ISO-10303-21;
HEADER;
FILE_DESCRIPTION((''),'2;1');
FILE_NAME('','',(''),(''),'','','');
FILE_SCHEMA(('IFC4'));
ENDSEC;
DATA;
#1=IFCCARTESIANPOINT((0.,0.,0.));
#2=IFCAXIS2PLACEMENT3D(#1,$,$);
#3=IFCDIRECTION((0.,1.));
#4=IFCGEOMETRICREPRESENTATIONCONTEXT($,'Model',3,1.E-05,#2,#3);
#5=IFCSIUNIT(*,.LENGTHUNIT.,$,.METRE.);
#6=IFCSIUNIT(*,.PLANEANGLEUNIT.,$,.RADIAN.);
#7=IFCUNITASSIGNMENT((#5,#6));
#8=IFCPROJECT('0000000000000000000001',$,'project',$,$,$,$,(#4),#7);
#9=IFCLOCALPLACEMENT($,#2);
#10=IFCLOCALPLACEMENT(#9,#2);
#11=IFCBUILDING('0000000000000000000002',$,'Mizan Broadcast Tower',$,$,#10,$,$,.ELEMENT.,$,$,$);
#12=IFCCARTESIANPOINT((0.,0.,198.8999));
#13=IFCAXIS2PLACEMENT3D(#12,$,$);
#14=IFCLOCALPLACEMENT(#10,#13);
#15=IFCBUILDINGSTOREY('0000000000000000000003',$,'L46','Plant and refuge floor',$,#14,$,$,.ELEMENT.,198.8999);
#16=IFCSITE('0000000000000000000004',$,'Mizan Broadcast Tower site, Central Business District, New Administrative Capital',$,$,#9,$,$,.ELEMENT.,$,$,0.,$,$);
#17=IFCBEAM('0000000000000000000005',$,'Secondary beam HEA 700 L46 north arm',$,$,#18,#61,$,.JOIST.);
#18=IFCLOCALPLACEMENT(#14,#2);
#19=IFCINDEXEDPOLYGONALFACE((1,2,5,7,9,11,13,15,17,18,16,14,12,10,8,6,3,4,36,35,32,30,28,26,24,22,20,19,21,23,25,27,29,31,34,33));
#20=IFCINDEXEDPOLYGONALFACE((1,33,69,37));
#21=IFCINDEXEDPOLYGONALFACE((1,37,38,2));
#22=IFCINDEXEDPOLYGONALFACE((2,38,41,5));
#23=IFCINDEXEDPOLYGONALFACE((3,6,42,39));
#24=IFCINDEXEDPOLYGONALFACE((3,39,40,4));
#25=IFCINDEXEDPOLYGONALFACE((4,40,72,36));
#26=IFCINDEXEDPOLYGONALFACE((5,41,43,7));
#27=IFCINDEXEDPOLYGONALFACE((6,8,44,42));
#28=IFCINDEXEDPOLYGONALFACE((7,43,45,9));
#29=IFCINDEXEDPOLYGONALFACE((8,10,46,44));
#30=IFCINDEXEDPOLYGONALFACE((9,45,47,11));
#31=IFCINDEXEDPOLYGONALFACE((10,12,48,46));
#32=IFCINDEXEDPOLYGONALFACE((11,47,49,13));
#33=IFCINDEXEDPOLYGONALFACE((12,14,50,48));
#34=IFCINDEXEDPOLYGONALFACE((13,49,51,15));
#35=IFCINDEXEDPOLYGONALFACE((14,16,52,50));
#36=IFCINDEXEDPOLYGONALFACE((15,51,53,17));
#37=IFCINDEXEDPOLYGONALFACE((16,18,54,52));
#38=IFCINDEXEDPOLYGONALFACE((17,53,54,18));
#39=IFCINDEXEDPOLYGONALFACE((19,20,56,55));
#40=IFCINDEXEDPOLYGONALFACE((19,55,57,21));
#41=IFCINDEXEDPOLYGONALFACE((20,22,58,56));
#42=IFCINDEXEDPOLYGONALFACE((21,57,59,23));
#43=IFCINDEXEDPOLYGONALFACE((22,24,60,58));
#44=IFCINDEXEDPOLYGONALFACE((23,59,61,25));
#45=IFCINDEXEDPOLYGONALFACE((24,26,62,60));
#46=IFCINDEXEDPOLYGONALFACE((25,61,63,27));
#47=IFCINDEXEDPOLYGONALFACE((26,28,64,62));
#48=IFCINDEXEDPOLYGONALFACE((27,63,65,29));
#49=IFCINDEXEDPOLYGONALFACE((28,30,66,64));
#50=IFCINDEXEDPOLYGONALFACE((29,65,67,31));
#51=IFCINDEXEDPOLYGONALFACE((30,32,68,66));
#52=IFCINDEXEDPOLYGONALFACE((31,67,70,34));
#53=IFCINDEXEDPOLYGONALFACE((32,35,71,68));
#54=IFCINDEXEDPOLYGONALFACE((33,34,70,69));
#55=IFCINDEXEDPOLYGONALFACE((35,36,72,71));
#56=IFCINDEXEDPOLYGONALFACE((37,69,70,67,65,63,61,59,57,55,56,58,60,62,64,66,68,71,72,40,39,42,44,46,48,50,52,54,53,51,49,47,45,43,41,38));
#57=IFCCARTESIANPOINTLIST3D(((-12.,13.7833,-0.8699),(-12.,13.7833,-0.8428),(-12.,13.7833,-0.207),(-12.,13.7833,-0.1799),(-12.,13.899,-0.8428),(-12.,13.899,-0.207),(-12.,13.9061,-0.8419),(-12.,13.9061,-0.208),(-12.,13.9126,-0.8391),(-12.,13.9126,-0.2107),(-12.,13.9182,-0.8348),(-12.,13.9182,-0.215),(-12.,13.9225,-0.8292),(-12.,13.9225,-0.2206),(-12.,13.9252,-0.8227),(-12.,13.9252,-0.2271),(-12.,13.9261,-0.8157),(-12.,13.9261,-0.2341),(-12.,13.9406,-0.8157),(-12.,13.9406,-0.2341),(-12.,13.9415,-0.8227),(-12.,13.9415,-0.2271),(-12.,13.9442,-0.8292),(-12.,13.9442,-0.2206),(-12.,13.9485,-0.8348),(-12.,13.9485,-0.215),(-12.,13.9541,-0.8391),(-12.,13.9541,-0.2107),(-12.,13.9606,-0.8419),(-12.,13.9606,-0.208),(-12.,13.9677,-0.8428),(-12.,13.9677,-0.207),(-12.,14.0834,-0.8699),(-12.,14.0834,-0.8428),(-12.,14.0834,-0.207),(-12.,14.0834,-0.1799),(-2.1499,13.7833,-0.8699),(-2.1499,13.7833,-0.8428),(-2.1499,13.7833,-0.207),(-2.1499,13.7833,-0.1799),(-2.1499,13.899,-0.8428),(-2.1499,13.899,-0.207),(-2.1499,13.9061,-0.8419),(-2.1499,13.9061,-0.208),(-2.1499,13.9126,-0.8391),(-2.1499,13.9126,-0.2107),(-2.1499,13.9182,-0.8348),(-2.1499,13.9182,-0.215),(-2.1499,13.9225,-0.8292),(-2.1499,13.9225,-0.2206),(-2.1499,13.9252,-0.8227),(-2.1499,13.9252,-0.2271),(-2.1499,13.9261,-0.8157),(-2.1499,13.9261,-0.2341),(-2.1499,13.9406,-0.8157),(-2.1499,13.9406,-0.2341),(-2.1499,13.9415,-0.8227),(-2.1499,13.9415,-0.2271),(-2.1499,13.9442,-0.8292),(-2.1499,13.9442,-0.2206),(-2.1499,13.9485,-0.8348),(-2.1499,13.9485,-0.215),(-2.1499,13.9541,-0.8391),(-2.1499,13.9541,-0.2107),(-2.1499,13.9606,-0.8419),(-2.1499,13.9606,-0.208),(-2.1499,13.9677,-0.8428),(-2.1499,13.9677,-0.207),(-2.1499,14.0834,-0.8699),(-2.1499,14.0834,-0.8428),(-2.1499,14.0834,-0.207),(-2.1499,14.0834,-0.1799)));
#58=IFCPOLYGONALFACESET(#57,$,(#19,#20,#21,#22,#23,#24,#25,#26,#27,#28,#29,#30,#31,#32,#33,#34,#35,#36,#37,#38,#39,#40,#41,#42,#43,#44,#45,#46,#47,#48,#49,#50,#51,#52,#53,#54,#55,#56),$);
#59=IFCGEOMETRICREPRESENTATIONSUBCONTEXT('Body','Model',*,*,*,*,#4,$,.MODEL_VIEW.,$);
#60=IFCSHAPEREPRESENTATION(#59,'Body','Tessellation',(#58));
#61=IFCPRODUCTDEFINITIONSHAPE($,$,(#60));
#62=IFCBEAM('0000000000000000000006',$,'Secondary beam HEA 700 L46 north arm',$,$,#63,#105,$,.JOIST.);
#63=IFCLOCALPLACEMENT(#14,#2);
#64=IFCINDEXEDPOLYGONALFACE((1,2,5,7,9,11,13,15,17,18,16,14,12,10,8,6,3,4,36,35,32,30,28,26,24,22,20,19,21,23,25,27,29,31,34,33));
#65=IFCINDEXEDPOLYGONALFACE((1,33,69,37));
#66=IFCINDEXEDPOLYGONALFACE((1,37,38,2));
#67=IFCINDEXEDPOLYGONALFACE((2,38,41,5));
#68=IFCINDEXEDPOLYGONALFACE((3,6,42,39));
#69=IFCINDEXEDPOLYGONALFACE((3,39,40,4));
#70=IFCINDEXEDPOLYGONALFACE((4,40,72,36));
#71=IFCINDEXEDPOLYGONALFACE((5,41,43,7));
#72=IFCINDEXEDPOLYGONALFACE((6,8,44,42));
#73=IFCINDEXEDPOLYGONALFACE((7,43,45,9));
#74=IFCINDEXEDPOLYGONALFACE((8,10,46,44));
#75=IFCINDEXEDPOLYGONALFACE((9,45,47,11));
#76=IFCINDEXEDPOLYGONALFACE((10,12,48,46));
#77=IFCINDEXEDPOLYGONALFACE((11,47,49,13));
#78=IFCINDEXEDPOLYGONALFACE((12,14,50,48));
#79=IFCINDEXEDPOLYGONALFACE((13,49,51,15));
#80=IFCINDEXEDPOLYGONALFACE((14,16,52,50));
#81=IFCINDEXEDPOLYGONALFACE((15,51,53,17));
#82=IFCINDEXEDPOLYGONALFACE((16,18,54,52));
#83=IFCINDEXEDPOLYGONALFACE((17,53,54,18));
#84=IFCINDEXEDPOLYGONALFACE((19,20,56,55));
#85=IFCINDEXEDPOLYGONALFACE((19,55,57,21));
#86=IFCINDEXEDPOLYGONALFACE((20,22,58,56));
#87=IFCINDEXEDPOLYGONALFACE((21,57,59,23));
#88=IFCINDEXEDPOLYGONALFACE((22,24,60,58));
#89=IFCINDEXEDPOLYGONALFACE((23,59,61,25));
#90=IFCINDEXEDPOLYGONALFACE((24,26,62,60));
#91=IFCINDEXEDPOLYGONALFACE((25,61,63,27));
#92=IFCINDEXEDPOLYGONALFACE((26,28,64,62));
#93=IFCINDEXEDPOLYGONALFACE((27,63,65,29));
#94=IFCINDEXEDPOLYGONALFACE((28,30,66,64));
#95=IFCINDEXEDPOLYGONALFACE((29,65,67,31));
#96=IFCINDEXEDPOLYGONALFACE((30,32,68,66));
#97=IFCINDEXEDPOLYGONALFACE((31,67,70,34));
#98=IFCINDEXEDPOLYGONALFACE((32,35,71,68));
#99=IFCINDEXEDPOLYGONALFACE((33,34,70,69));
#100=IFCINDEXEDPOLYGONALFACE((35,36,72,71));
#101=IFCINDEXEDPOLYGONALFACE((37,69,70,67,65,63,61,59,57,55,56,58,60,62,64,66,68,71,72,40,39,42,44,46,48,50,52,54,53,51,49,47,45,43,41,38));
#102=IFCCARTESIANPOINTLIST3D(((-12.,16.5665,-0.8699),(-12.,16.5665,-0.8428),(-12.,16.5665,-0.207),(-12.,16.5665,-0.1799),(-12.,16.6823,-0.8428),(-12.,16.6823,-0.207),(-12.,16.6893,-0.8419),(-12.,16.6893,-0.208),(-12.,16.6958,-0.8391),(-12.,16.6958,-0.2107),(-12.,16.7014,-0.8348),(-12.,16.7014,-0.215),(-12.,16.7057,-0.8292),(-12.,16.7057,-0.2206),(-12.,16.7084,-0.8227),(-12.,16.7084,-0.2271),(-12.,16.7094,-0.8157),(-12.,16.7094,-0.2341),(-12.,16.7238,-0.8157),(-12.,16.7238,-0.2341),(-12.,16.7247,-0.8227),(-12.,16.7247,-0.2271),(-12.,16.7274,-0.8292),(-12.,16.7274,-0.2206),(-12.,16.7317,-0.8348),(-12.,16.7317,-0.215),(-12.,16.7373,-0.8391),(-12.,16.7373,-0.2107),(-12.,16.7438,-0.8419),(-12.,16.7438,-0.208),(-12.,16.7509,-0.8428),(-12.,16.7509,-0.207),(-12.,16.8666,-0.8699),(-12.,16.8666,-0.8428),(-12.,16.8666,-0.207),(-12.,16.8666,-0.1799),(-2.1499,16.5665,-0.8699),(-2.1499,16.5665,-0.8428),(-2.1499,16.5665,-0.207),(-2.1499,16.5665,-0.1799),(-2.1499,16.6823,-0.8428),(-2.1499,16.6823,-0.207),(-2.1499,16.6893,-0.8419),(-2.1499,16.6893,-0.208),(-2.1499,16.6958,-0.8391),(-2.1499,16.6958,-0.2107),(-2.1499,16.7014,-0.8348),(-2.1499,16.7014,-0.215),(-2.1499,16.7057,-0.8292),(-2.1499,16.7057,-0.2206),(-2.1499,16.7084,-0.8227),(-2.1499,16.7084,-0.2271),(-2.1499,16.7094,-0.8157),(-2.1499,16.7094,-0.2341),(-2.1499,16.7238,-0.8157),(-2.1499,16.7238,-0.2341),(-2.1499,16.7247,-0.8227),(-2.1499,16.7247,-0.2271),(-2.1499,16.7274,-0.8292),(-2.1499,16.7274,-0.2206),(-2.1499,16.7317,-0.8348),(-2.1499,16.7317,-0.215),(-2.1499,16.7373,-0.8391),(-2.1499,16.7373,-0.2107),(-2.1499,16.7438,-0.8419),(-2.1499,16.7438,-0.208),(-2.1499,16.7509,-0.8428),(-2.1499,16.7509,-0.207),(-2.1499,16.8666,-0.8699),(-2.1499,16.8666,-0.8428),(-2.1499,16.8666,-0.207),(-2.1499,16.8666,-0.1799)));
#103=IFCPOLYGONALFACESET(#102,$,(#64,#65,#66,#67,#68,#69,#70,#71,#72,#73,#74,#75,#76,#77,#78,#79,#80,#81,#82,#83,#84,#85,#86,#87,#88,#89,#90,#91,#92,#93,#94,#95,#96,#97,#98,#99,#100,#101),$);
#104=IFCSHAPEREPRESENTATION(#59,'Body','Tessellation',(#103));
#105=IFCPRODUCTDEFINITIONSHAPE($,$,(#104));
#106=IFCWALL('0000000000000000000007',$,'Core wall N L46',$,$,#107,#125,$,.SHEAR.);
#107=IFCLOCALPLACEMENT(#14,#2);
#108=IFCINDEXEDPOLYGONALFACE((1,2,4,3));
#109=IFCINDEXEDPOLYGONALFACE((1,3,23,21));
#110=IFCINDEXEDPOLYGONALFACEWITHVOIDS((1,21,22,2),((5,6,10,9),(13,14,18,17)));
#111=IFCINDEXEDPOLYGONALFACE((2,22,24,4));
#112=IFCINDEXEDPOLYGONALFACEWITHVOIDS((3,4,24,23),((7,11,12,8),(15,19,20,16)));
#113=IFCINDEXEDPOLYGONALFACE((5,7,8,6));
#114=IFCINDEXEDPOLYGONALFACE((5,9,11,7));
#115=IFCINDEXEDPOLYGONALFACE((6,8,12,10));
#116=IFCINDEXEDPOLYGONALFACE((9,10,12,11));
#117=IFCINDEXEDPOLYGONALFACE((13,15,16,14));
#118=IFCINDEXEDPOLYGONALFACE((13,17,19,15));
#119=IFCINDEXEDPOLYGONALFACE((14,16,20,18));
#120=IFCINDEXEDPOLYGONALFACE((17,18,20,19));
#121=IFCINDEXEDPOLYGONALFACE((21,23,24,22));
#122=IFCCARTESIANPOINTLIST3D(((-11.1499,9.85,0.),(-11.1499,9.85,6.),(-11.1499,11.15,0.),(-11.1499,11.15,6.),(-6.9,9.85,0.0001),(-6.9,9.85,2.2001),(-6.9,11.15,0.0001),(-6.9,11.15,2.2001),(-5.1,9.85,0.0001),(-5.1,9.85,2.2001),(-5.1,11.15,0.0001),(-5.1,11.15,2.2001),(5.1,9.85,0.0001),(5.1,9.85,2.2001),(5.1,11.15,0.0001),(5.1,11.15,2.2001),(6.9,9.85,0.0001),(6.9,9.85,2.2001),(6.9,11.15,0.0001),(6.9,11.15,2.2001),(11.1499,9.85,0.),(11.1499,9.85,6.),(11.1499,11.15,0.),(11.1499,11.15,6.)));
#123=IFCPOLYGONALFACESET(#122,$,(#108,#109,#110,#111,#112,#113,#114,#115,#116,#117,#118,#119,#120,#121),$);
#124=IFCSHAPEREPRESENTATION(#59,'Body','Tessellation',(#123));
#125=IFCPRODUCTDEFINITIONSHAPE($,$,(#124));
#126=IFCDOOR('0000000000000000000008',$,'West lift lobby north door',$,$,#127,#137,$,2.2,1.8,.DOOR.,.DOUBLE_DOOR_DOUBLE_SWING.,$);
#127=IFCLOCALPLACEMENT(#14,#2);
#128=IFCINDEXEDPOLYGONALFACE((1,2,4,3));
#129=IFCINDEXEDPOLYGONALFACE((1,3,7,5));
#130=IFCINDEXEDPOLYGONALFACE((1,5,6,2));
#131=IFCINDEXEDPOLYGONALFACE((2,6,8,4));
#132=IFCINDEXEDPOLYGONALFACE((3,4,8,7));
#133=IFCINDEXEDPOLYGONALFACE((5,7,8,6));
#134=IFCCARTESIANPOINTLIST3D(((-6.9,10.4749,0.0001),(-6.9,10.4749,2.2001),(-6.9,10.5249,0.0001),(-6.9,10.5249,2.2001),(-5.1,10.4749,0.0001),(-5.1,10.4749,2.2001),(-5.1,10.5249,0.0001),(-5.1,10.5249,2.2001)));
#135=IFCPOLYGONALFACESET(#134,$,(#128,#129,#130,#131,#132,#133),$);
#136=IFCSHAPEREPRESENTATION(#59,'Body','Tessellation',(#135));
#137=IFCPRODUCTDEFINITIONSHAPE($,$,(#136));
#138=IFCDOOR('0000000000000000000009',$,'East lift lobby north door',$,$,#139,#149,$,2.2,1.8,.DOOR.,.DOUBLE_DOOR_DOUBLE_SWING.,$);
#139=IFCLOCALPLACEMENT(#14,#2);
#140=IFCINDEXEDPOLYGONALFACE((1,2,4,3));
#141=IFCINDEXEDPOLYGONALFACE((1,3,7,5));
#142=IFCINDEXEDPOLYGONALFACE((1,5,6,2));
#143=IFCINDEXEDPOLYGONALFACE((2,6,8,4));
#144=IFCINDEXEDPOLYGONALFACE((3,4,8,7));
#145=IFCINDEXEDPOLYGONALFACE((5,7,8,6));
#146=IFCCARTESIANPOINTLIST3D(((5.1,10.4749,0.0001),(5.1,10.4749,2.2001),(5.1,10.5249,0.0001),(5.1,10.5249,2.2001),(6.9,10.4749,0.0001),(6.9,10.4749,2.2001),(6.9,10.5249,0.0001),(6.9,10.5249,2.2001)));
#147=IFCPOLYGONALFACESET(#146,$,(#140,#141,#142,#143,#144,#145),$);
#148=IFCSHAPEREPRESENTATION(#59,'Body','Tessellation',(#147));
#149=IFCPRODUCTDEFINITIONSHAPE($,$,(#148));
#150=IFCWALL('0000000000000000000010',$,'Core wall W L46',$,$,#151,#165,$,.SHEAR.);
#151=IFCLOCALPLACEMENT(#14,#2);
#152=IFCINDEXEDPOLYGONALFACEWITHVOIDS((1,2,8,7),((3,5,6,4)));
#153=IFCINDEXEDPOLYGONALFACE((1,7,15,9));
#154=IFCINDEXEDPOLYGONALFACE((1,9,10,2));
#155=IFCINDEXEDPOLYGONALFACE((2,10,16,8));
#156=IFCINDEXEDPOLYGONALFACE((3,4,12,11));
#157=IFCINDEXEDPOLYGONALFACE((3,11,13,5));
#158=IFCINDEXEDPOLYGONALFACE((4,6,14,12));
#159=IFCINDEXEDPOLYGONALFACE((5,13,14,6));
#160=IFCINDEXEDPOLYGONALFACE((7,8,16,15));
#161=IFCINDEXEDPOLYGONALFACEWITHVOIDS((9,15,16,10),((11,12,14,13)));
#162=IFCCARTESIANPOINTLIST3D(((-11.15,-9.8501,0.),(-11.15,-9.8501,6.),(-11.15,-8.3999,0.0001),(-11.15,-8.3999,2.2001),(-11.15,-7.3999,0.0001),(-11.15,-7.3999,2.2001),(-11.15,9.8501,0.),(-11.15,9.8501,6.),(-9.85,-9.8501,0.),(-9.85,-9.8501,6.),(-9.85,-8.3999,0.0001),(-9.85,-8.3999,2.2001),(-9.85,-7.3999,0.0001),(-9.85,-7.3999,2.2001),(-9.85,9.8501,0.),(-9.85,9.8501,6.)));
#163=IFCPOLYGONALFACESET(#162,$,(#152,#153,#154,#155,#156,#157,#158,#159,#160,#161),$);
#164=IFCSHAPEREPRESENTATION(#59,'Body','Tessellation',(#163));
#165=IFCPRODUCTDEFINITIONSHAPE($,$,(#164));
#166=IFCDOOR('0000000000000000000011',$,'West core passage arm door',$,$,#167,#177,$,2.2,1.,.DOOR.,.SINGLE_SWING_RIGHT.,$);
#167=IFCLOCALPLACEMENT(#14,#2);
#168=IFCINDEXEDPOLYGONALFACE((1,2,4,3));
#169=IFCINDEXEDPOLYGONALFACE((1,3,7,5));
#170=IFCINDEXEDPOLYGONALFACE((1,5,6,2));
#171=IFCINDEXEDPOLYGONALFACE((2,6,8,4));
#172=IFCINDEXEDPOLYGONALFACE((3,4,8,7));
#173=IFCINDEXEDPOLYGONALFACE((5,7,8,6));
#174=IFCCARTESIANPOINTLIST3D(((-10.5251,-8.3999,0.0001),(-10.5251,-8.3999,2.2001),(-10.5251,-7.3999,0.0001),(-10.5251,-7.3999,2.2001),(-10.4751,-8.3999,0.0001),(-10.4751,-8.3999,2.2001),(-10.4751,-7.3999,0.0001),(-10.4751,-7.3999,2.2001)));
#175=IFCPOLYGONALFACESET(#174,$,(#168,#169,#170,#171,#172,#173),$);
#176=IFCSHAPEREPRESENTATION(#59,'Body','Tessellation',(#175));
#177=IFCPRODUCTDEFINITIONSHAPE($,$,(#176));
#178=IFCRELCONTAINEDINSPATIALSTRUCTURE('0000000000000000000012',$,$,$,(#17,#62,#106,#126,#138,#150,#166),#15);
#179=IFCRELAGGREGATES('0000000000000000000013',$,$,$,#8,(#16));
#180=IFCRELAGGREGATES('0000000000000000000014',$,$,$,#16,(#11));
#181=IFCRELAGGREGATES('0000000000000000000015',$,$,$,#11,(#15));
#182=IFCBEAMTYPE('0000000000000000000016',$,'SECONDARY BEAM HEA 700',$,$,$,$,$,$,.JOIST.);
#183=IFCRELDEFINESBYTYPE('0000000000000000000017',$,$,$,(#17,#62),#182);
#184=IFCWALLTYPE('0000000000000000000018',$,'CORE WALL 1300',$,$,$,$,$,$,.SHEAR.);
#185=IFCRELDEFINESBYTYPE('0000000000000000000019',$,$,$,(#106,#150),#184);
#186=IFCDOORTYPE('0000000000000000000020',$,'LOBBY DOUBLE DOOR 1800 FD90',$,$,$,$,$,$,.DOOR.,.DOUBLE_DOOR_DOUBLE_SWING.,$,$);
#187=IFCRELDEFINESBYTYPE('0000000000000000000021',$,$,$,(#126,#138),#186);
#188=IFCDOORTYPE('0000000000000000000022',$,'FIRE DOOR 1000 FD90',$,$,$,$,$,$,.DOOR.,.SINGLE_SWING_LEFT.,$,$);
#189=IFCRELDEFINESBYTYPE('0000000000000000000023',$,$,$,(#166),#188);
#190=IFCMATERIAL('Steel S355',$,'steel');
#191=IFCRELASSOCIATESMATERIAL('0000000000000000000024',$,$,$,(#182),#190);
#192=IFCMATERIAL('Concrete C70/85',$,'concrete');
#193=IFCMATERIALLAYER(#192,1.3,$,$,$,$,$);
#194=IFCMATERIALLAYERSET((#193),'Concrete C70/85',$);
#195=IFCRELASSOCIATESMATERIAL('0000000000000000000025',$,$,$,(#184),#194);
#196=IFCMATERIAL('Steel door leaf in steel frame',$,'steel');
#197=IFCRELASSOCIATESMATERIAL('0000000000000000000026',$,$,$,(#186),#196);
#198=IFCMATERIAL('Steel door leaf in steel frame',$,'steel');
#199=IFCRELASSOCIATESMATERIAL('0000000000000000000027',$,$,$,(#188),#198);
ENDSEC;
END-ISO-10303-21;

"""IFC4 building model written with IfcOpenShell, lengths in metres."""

from ifc_helpers import new_model, si_unit, direction, frame, frame_2d, origin, origin_2d, place, context, subcontext, project, spatial, rectangle, i_section, extrude, material, layer, layer_set, material_profile, profile_set, type_object, element, fill, save


model = new_model("IFC4")

# Units and contexts
model_context = context("Model", 3, precision=1e-05, world=origin(), true_north=direction((0.0, 1.0)))
body_context = subcontext(model_context, "Body", "Model", "MODEL_VIEW")
ifc_project = project(units=[si_unit("LENGTHUNIT", "METRE"), si_unit("PLANEANGLEUNIT", "RADIAN")], contexts=[model_context])

# Site, building, storey
site_placement = place(None, origin())
site = spatial("IfcSite", under=ifc_project, at=site_placement, Name="Mizan Broadcast Tower site, Central Business District, New Administrative Capital", CompositionType="ELEMENT", RefElevation=0.0)
building_placement = place(site_placement, origin())
building = spatial("IfcBuilding", under=site, at=building_placement, Name="Mizan Broadcast Tower", CompositionType="ELEMENT")
storey_placement = place(building_placement, frame((0.0, 0.0, 198.8999)))
storey = spatial("IfcBuildingStorey", under=building, at=storey_placement, Name="L46", Description="Plant and refuge floor", CompositionType="ELEMENT", Elevation=198.8999)

# Beams
ifc_material_1 = material(Name="Steel S355", Category="steel")
ifc_material_profile_1 = material_profile(ifc_material_1, i_section(OverallWidth=0.3, OverallDepth=0.6899, WebThickness=0.0144, FlangeThickness=0.0271, FilletRadius=0.0271, at=origin_2d()), Name="HEA 700")
ifc_profile_set_1 = profile_set([ifc_material_profile_1], Name="Steel S355")
beam_type_1 = type_object("IfcBeamType", Name="SECONDARY BEAM HEA 700", PredefinedType="JOIST", material=ifc_profile_set_1)
for number, where, z_axis, x_axis, name in (
    (1, (-12.0, 13.9333, -0.5249), (1.0, 0.0, 0.0), (0.0, 1.0, 0.0), "Secondary beam HEA 700 L46 north arm"),
    (2, (-12.0, 16.7166, -0.5249), (1.0, 0.0, 0.0), (0.0, 1.0, 0.0), "Secondary beam HEA 700 L46 north arm"),
):
    element("IfcBeam", number, at=place(storey_placement, frame(where, z_axis=z_axis, x_axis=x_axis)), inside=storey, type_object=beam_type_1, Name=name, PredefinedType="JOIST", context=body_context, shape_type="SweptSolid", body=[
        extrude(i_section(OverallWidth=0.3, OverallDepth=0.6899, WebThickness=0.0144, FlangeThickness=0.0271, FilletRadius=0.0271, at=origin_2d()), origin(), (0.0, 0.0, 1.0), 9.8501),
    ])

# Wall, openings, doors
ifc_material_2 = material(Name="Concrete C70/85", Category="concrete")
ifc_layer_1 = layer(ifc_material_2, 1.3)
ifc_layer_set_1 = layer_set([ifc_layer_1], Name="Concrete C70/85")
wall_type_1 = type_object("IfcWallType", Name="CORE WALL 1300", PredefinedType="SHEAR", material=ifc_layer_set_1)
wall_1_placement = place(storey_placement, frame((-11.1499, 10.5, 0.0), z_axis=(0.0, 0.0, 1.0), x_axis=(1.0, 0.0, 0.0)))
wall_1 = element("IfcWall", 3, at=wall_1_placement, inside=storey, type_object=wall_type_1, Name="Core wall N L46", PredefinedType="SHEAR", context=body_context, shape_type="SweptSolid", body=[
    extrude(rectangle(XDim=22.2998, YDim=1.3, at=frame_2d((11.1499, 0.0))), origin(), (0.0, 0.0, 1.0), 6.0),
])
opening_1_placement = place(wall_1_placement, frame((4.25, 0.0, 0.0)))
opening_1 = element("IfcOpeningElement", 4, at=opening_1_placement, cuts=wall_1, PredefinedType="OPENING", context=body_context, shape_type="SweptSolid", body=[
    extrude(rectangle(XDim=1.8, YDim=2.2, at=frame_2d((0.8999, 1.1001))), frame((0.0, 0.6599, 0.0), z_axis=(0.0, -1.0, 0.0), x_axis=(1.0, 0.0, 0.0)), (0.0, 0.0, 1.0), 1.3201),
])
opening_2_placement = place(wall_1_placement, frame((16.25, 0.0, 0.0)))
opening_2 = element("IfcOpeningElement", 5, at=opening_2_placement, cuts=wall_1, PredefinedType="OPENING", context=body_context, shape_type="SweptSolid", body=[
    extrude(rectangle(XDim=1.8, YDim=2.2, at=frame_2d((0.8999, 1.1001))), frame((0.0, 0.6599, 0.0), z_axis=(0.0, -1.0, 0.0), x_axis=(1.0, 0.0, 0.0)), (0.0, 0.0, 1.0), 1.3201),
])
ifc_material_3 = material(Name="Steel door leaf in steel frame", Category="steel")
door_type_1 = type_object("IfcDoorType", Name="LOBBY DOUBLE DOOR 1800 FD90", OperationType="DOUBLE_DOOR_DOUBLE_SWING", PredefinedType="DOOR", material=ifc_material_3)
door_1_placement = place(opening_1_placement, origin())
door_1 = element("IfcDoor", 6, at=door_1_placement, inside=storey, type_object=door_type_1, Name="West lift lobby north door", OperationType="DOUBLE_DOOR_DOUBLE_SWING", OverallHeight=2.2, OverallWidth=1.8, PredefinedType="DOOR", context=body_context, shape_type="SweptSolid", body=[
    extrude(rectangle(XDim=1.8, YDim=2.2, at=frame_2d((0.8999, 1.1001))), frame((0.0, 0.0249, 0.0), z_axis=(0.0, -1.0, 0.0), x_axis=(1.0, 0.0, 0.0)), (0.0, 0.0, 1.0), 0.05),
])
fill(opening_1, door_1)
door_2_placement = place(opening_2_placement, origin())
door_2 = element("IfcDoor", 7, at=door_2_placement, inside=storey, type_object=door_type_1, Name="East lift lobby north door", OperationType="DOUBLE_DOOR_DOUBLE_SWING", OverallHeight=2.2, OverallWidth=1.8, PredefinedType="DOOR", context=body_context, shape_type="SweptSolid", body=[
    extrude(rectangle(XDim=1.8, YDim=2.2, at=frame_2d((0.8999, 1.1001))), frame((0.0, 0.0249, 0.0), z_axis=(0.0, -1.0, 0.0), x_axis=(1.0, 0.0, 0.0)), (0.0, 0.0, 1.0), 0.05),
])
fill(opening_2, door_2)

# Wall, opening, door
wall_2_placement = place(storey_placement, frame((-10.5, 9.8501, 0.0), z_axis=(0.0, 0.0, 1.0), x_axis=(0.0, -1.0, 0.0)))
wall_2 = element("IfcWall", 8, at=wall_2_placement, inside=storey, type_object=wall_type_1, Name="Core wall W L46", PredefinedType="SHEAR", context=body_context, shape_type="SweptSolid", body=[
    extrude(rectangle(XDim=19.7002, YDim=1.3, at=frame_2d((9.8501, 0.0))), origin(), (0.0, 0.0, 1.0), 6.0),
])
opening_3_placement = place(wall_2_placement, frame((17.25, 0.0, 0.0)))
opening_3 = element("IfcOpeningElement", 9, at=opening_3_placement, cuts=wall_2, PredefinedType="OPENING", context=body_context, shape_type="SweptSolid", body=[
    extrude(rectangle(XDim=1.0, YDim=2.2, at=frame_2d((0.5, 1.1001))), frame((0.0, 0.6599, 0.0), z_axis=(0.0, -1.0, 0.0), x_axis=(1.0, 0.0, 0.0)), (0.0, 0.0, 1.0), 1.3201),
])
ifc_material_4 = material(Name="Steel door leaf in steel frame", Category="steel")
door_type_2 = type_object("IfcDoorType", Name="FIRE DOOR 1000 FD90", OperationType="SINGLE_SWING_LEFT", PredefinedType="DOOR", material=ifc_material_4)
door_3_placement = place(opening_3_placement, origin())
door_3 = element("IfcDoor", 10, at=door_3_placement, inside=storey, type_object=door_type_2, Name="West core passage arm door", OperationType="SINGLE_SWING_RIGHT", OverallHeight=2.2, OverallWidth=1.0, PredefinedType="DOOR", context=body_context, shape_type="SweptSolid", body=[
    extrude(rectangle(XDim=1.0, YDim=2.2, at=frame_2d((0.5, 1.1001))), frame((0.0, 0.0249, 0.0), z_axis=(0.0, -1.0, 0.0), x_axis=(1.0, 0.0, 0.0)), (0.0, 0.0, 1.0), 0.05),
])
fill(opening_3, door_3)

save(model, "model.ifc")
